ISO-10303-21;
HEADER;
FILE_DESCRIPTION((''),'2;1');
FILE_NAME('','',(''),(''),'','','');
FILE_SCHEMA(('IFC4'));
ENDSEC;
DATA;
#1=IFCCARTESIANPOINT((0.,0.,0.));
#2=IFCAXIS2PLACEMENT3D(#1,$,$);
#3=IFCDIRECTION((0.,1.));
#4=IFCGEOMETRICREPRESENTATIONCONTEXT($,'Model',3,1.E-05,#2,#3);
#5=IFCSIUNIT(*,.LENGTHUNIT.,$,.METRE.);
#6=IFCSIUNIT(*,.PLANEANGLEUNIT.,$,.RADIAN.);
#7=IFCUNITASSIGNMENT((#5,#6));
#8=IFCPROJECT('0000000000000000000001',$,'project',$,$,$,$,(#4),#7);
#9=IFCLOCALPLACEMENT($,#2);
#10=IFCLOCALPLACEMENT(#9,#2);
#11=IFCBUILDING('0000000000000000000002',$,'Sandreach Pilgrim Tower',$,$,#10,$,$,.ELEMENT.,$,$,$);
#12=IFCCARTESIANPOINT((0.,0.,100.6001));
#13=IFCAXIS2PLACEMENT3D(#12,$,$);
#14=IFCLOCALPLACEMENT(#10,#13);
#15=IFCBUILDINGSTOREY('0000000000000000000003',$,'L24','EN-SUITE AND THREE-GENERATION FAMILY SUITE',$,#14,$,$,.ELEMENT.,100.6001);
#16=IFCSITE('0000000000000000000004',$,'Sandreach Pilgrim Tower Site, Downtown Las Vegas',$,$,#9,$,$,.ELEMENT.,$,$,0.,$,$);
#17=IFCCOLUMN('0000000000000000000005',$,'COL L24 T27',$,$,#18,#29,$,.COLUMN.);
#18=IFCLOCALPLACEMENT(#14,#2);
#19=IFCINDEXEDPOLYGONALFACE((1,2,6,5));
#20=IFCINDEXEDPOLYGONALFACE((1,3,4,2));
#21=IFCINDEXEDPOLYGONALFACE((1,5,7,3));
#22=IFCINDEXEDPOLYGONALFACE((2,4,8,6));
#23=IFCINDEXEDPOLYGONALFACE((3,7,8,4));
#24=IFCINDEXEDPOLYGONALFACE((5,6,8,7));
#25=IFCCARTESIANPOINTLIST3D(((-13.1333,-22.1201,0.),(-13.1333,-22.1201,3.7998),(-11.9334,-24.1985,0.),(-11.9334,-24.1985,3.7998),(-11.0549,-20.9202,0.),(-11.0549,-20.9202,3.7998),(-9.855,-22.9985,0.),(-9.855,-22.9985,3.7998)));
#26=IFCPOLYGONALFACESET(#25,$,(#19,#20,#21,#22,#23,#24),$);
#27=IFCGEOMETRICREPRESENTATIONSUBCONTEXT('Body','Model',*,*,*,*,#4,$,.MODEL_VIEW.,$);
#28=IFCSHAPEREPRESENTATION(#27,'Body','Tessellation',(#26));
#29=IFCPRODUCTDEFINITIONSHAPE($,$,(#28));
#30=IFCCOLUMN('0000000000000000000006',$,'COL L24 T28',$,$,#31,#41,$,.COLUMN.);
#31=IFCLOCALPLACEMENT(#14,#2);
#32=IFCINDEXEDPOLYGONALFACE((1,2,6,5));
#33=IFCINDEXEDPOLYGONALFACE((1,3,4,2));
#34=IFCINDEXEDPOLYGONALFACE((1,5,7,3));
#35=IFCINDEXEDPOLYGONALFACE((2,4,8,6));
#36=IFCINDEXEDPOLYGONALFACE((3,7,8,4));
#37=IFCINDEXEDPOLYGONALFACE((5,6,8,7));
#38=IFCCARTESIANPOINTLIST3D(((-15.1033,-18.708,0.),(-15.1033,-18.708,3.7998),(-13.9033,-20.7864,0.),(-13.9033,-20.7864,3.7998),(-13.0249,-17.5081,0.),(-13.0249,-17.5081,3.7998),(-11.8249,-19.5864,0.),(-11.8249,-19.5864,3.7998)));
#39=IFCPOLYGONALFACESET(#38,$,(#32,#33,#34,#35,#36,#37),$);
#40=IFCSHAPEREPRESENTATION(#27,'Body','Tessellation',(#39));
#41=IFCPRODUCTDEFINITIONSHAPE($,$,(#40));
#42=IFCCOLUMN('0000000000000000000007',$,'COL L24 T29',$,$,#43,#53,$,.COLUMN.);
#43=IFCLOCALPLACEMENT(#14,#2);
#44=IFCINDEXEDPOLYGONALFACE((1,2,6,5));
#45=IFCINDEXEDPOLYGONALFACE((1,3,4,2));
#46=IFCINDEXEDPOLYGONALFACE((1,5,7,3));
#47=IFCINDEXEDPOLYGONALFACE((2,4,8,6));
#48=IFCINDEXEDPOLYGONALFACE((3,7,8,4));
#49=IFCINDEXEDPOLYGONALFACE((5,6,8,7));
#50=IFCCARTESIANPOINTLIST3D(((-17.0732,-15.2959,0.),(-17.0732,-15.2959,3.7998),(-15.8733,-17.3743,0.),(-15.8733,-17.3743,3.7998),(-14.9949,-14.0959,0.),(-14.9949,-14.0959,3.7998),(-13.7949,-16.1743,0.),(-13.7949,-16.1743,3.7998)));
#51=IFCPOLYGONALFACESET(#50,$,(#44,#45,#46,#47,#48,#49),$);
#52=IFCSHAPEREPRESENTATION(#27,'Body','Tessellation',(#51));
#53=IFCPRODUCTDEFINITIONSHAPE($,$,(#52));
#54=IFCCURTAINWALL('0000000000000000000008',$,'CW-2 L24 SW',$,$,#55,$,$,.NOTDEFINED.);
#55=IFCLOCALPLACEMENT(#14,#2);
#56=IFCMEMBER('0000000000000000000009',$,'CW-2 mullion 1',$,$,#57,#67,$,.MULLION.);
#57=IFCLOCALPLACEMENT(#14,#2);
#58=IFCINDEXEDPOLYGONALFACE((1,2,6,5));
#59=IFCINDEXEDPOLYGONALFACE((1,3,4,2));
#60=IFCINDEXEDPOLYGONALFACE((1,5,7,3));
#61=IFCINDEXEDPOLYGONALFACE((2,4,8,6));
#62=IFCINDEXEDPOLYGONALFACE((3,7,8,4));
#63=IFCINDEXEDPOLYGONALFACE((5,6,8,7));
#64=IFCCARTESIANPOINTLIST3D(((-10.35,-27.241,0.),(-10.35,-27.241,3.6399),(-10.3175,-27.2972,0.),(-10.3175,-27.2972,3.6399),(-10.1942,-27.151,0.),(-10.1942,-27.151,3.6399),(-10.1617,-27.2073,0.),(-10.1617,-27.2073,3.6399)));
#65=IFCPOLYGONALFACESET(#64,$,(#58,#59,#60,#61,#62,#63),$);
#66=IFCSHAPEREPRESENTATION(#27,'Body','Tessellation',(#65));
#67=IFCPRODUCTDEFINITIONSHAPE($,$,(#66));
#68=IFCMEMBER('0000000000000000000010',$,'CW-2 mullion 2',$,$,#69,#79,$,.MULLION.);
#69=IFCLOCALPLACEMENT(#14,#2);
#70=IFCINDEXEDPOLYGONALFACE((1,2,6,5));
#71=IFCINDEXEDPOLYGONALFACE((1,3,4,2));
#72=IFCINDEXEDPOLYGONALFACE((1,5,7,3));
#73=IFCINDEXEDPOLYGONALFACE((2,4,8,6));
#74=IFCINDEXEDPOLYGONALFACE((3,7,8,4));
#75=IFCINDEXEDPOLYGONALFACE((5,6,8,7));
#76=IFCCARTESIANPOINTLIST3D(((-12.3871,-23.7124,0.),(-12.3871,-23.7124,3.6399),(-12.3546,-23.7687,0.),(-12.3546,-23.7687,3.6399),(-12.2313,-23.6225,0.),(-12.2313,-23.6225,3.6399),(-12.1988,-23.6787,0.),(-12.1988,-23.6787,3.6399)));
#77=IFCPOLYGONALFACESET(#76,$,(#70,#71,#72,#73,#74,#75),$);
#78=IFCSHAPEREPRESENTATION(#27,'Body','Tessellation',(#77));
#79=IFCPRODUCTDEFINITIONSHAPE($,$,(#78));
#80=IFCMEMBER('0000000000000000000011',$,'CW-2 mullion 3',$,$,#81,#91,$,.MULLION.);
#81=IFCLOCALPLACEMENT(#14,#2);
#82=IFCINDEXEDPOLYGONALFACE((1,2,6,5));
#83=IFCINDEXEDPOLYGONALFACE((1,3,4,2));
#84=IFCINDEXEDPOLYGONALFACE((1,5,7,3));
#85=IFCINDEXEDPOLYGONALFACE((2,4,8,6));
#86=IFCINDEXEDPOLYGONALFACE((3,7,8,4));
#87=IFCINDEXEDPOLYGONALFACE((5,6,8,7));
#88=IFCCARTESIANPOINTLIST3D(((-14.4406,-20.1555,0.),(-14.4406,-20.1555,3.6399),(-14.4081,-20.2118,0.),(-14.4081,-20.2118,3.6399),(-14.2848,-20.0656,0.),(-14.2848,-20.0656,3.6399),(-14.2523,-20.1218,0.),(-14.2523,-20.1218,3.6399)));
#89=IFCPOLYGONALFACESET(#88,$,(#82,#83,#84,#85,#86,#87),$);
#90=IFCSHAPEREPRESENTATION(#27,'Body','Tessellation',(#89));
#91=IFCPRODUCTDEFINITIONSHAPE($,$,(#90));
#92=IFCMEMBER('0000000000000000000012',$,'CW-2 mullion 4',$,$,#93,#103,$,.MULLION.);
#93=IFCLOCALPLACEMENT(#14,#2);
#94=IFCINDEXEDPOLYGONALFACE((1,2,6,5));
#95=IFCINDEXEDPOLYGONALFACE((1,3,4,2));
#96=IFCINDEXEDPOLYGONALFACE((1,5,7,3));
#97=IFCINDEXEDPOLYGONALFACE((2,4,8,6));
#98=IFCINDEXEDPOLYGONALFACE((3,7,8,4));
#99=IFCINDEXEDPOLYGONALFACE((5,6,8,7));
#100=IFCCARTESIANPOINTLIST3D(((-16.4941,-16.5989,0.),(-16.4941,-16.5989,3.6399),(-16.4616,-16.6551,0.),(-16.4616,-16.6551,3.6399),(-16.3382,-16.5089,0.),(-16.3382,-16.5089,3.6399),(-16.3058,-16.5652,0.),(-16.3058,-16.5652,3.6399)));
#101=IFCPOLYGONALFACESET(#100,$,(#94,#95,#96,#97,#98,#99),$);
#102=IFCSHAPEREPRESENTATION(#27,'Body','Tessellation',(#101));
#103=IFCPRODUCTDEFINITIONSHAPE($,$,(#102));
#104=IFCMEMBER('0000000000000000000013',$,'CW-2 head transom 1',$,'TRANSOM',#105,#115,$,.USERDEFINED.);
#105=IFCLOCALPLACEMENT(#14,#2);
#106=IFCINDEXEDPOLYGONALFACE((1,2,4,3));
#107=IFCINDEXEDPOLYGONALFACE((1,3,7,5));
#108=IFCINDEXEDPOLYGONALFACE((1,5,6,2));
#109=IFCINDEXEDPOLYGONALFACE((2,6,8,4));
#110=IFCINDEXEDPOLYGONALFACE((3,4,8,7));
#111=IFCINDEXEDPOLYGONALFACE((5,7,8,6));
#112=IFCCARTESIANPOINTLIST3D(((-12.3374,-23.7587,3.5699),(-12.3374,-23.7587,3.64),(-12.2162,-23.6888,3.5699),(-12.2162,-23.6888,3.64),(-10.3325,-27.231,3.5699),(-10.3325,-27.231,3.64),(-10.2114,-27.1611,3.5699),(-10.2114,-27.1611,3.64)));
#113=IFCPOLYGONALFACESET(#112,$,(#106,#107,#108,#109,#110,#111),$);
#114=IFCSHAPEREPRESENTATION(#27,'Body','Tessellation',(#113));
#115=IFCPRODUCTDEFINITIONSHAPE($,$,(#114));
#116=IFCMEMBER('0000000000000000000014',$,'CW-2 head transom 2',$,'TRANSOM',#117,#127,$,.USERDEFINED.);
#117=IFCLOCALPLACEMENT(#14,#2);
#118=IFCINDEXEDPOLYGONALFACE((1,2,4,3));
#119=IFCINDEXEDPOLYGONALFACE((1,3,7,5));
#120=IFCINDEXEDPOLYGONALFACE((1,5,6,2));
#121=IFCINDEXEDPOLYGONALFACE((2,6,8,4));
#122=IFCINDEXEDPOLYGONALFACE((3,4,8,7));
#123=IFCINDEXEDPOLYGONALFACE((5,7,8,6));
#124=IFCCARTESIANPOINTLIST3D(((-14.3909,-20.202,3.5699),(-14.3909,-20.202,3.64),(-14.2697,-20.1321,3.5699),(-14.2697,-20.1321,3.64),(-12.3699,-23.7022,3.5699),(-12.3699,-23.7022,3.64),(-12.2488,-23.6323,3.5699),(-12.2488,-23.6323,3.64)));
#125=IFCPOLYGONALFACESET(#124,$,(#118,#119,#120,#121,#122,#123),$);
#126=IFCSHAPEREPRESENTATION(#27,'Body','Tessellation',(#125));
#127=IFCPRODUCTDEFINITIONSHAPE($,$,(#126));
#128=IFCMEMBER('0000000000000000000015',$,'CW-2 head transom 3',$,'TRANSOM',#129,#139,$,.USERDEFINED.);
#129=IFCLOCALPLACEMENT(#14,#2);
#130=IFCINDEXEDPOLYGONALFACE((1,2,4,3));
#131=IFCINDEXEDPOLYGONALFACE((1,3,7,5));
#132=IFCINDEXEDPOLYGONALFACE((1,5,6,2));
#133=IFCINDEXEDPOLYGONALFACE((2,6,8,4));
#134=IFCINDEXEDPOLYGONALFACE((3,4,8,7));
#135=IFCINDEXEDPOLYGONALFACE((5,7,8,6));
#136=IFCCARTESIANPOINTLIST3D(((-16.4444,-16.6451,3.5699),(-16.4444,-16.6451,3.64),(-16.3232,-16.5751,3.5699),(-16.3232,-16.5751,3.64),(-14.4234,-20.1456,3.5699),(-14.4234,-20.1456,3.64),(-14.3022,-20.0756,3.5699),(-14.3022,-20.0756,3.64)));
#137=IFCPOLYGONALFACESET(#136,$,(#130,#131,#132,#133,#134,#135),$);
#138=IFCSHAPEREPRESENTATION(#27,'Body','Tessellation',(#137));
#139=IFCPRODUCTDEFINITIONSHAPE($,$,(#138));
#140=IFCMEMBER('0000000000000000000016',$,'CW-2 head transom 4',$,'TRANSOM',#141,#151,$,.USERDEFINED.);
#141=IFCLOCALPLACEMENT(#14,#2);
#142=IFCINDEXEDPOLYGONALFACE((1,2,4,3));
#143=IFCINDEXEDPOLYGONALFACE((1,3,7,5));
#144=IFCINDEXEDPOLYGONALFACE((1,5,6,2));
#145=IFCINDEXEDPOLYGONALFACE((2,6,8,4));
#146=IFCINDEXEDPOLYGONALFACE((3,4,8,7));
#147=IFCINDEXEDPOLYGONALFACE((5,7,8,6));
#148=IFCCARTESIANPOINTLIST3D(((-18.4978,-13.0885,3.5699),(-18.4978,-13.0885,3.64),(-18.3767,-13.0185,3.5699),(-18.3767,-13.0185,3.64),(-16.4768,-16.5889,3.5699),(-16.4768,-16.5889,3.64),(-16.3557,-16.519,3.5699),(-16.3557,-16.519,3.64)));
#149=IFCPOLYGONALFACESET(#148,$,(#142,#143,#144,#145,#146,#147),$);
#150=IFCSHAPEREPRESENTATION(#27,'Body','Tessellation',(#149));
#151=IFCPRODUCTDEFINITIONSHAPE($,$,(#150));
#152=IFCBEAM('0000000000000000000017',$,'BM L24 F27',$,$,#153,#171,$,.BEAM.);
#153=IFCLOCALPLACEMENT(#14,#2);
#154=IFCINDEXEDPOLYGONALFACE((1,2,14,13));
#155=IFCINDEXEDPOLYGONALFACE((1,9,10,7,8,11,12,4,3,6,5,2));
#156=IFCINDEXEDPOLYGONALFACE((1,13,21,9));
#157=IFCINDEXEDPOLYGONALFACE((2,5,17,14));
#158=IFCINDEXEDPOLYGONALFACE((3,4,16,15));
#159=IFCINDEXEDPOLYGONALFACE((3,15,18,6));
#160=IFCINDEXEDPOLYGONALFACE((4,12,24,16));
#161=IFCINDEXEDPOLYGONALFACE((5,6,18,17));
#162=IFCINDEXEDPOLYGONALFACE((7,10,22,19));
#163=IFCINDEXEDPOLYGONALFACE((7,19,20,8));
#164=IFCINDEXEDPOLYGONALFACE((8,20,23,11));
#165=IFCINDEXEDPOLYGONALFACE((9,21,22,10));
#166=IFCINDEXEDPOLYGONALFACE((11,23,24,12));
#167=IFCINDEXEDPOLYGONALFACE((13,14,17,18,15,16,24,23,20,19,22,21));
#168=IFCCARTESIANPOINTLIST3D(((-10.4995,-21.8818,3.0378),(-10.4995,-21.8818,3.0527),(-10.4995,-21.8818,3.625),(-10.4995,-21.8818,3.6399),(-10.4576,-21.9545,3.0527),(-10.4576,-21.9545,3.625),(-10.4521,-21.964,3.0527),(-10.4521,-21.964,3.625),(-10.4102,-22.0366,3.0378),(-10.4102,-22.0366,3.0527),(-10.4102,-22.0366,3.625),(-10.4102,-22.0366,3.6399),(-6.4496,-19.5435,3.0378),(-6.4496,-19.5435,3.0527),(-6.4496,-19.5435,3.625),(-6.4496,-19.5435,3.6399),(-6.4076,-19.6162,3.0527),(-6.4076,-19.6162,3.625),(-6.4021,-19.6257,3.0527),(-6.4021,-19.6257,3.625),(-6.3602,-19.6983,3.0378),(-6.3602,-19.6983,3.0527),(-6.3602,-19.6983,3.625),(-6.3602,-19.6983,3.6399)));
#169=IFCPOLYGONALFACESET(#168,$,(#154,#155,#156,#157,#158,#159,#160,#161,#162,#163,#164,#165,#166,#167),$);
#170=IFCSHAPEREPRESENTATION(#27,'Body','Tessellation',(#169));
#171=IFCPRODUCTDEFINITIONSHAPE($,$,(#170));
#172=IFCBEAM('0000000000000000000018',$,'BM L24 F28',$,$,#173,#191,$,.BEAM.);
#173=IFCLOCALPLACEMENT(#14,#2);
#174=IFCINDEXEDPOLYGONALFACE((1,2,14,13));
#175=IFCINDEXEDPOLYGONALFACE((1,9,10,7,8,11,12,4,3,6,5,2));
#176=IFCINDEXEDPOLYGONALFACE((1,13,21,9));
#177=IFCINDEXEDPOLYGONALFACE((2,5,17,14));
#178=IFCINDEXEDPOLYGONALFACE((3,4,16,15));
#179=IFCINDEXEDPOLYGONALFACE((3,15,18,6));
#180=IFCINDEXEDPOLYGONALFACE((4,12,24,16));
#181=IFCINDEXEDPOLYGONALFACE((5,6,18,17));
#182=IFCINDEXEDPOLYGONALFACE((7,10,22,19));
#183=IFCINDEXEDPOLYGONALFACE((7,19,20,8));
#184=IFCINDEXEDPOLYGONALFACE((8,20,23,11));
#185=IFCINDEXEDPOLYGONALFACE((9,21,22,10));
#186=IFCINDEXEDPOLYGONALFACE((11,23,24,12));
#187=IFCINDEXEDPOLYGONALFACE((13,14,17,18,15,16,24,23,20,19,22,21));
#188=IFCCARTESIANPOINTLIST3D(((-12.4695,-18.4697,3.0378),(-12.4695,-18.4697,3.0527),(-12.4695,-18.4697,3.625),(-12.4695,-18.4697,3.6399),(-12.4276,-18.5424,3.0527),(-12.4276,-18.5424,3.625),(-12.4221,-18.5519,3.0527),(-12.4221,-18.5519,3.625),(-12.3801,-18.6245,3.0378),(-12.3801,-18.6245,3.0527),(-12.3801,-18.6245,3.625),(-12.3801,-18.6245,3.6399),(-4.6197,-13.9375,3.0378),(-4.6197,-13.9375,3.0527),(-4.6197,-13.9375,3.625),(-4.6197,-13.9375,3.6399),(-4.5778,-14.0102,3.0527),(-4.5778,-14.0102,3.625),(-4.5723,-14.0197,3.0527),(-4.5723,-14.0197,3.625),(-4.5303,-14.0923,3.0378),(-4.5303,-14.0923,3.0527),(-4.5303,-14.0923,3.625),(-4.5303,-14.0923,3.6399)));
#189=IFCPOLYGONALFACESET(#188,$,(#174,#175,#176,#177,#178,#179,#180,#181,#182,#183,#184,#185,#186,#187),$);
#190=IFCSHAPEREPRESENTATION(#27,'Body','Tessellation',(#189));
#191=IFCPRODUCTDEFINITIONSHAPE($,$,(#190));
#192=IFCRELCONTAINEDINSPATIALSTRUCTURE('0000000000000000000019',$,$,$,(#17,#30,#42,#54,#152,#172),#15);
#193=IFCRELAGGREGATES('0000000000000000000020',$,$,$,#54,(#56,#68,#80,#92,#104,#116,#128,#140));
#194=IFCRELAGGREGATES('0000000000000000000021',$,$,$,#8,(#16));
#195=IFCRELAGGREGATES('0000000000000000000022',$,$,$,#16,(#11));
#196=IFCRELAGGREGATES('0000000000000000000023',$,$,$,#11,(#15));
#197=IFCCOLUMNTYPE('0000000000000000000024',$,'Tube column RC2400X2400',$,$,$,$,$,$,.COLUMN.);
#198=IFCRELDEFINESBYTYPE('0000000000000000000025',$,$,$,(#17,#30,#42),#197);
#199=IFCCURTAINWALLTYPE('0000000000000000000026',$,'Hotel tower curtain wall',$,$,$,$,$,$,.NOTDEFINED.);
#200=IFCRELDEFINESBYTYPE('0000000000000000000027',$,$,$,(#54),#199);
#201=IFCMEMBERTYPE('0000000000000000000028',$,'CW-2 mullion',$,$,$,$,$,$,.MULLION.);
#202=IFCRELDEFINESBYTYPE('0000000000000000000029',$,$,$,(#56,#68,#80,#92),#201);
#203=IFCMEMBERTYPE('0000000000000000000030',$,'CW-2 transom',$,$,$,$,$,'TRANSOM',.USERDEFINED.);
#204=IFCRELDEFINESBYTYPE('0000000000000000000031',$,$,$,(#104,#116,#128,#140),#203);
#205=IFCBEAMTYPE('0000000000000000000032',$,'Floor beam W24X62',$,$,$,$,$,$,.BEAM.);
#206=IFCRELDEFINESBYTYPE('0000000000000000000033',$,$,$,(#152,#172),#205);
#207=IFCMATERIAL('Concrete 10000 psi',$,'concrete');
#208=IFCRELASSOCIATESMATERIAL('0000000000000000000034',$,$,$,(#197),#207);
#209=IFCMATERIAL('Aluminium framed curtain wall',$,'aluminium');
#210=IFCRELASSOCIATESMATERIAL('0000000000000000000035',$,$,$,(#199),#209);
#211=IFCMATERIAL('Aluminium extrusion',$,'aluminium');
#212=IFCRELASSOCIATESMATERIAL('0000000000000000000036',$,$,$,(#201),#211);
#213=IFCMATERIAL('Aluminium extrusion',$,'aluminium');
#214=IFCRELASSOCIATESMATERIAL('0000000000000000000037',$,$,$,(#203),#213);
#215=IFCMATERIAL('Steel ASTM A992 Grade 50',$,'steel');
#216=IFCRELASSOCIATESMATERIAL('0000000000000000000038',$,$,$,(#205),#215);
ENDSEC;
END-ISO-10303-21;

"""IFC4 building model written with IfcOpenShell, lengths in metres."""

from ifc_helpers import new_model, si_unit, direction, frame, origin, origin_2d, place, context, subcontext, project, spatial, rectangle, i_section, extrude, material, material_profile, profile_set, type_object, element, aggregate, save


model = new_model("IFC4")

# Units and contexts
model_context = context("Model", 3, precision=1e-05, world=origin(), true_north=direction((0.0, 1.0)))
body_context = subcontext(model_context, "Body", "Model", "MODEL_VIEW")
ifc_project = project(units=[si_unit("LENGTHUNIT", "METRE"), si_unit("PLANEANGLEUNIT", "RADIAN")], contexts=[model_context])

# Site, building, storey
site_placement = place(None, origin())
site = spatial("IfcSite", under=ifc_project, at=site_placement, Name="Sandreach Pilgrim Tower Site, Downtown Las Vegas", CompositionType="ELEMENT", RefElevation=0.0)
building_placement = place(site_placement, origin())
building = spatial("IfcBuilding", under=site, at=building_placement, Name="Sandreach Pilgrim Tower", CompositionType="ELEMENT")
storey_placement = place(building_placement, frame((0.0, 0.0, 100.6001)))
storey = spatial("IfcBuildingStorey", under=building, at=storey_placement, Name="L24", Description="EN-SUITE AND THREE-GENERATION FAMILY SUITE", CompositionType="ELEMENT", Elevation=100.6001)

# Columns
ifc_material_1 = material(Name="Concrete 10000 psi", Category="concrete")
ifc_material_profile_1 = material_profile(ifc_material_1, rectangle(XDim=2.3999, YDim=2.3999, at=origin_2d()), Name="RC2400X2400")
ifc_profile_set_1 = profile_set([ifc_material_profile_1], Name="Concrete 10000 psi")
column_type = type_object("IfcColumnType", Name="Tube column RC2400X2400", PredefinedType="COLUMN", material=ifc_profile_set_1)
for number, where, z_axis, x_axis, name in (
    (1, (-11.4941, -22.5593, 0.0), (0.0, 0.0, 1.0), (-0.866025, -0.5, 0.0), "COL L24 T27"),
    (2, (-13.4641, -19.1472, 0.0), (0.0, 0.0, 1.0), (-0.866025, -0.5, 0.0), "COL L24 T28"),
    (3, (-15.4341, -15.7351, 0.0), (0.0, 0.0, 1.0), (-0.866025, -0.5, 0.0), "COL L24 T29"),
):
    element("IfcColumn", number, at=place(storey_placement, frame(where, z_axis=z_axis, x_axis=x_axis)), inside=storey, type_object=column_type, Name=name, PredefinedType="COLUMN", context=body_context, shape_type="SweptSolid", body=[
        extrude(rectangle(XDim=2.3999, YDim=2.3999, at=origin_2d()), origin(), (0.0, 0.0, 1.0), 3.7998),
    ])

# Curtain wall, members
ifc_material_2 = material(Name="Aluminium framed curtain wall", Category="aluminium")
curtain_wall_type = type_object("IfcCurtainWallType", Name="Hotel tower curtain wall", PredefinedType="NOTDEFINED", material=ifc_material_2)
curtain_wall_placement = place(storey_placement, origin())
curtain_wall = element("IfcCurtainWall", 4, at=curtain_wall_placement, inside=storey, type_object=curtain_wall_type, Name="CW-2 L24 SW", PredefinedType="NOTDEFINED")
ifc_material_3 = material(Name="Aluminium extrusion", Category="aluminium")
ifc_material_profile_2 = material_profile(ifc_material_3, rectangle(XDim=0.0649, YDim=0.1799, at=origin_2d()), Name="CW-2M 65X180")
ifc_profile_set_2 = profile_set([ifc_material_profile_2], Name="Aluminium extrusion")
member_type_1 = type_object("IfcMemberType", Name="CW-2 mullion", PredefinedType="MULLION", material=ifc_profile_set_2)
member_1_placement = place(storey_placement, frame((-10.2559, -27.2241, 0.0), z_axis=(0.0, 0.0, 1.0), x_axis=(-0.5, 0.866025, 0.0)))
member_1 = element("IfcMember", 5, at=member_1_placement, type_object=member_type_1, Name="CW-2 mullion 1", PredefinedType="MULLION", context=body_context, shape_type="SweptSolid", body=[
    extrude(rectangle(XDim=0.0649, YDim=0.1799, at=origin_2d()), origin(), (0.0, 0.0, 1.0), 3.6399),
])
member_2_placement = place(storey_placement, frame((-12.293, -23.6956, 0.0), z_axis=(0.0, 0.0, 1.0), x_axis=(-0.5, 0.866025, 0.0)))
member_2 = element("IfcMember", 6, at=member_2_placement, type_object=member_type_1, Name="CW-2 mullion 2", PredefinedType="MULLION", context=body_context, shape_type="SweptSolid", body=[
    extrude(rectangle(XDim=0.0649, YDim=0.1799, at=origin_2d()), origin(), (0.0, 0.0, 1.0), 3.6399),
])
member_3_placement = place(storey_placement, frame((-14.3464, -20.1387, 0.0), z_axis=(0.0, 0.0, 1.0), x_axis=(-0.5, 0.866025, 0.0)))
member_3 = element("IfcMember", 7, at=member_3_placement, type_object=member_type_1, Name="CW-2 mullion 3", PredefinedType="MULLION", context=body_context, shape_type="SweptSolid", body=[
    extrude(rectangle(XDim=0.0649, YDim=0.1799, at=origin_2d()), origin(), (0.0, 0.0, 1.0), 3.6399),
])
member_4_placement = place(storey_placement, frame((-16.3999, -16.582, 0.0), z_axis=(0.0, 0.0, 1.0), x_axis=(-0.5, 0.866025, 0.0)))
member_4 = element("IfcMember", 8, at=member_4_placement, type_object=member_type_1, Name="CW-2 mullion 4", PredefinedType="MULLION", context=body_context, shape_type="SweptSolid", body=[
    extrude(rectangle(XDim=0.0649, YDim=0.1799, at=origin_2d()), origin(), (0.0, 0.0, 1.0), 3.6399),
])
ifc_material_4 = material(Name="Aluminium extrusion", Category="aluminium")
ifc_material_profile_3 = material_profile(ifc_material_4, rectangle(XDim=0.1399, YDim=0.0701, at=origin_2d()), Name="CW-2T 140X70")
ifc_profile_set_3 = profile_set([ifc_material_profile_3], Name="Aluminium extrusion")
member_type_2 = type_object("IfcMemberType", Name="CW-2 transom", ElementType="TRANSOM", PredefinedType="USERDEFINED", material=ifc_profile_set_3)
member_5_placement = place(storey_placement, frame((-10.272, -27.196, 3.605), z_axis=(-0.500016, 0.866016, 0.0), x_axis=(-0.866016, -0.500016, 0.0)))
member_5 = element("IfcMember", 9, at=member_5_placement, type_object=member_type_2, Name="CW-2 head transom 1", ObjectType="TRANSOM", PredefinedType="USERDEFINED", context=body_context, shape_type="SweptSolid", body=[
    extrude(rectangle(XDim=0.1399, YDim=0.0701, at=origin_2d()), origin(), (0.0, 0.0, 1.0), 4.0095),
])
member_6_placement = place(storey_placement, frame((-12.3093, -23.6672, 3.605), z_axis=(-0.500024, 0.866012, 0.0), x_axis=(-0.866012, -0.500024, 0.0)))
member_6 = element("IfcMember", 10, at=member_6_placement, type_object=member_type_2, Name="CW-2 head transom 2", ObjectType="TRANSOM", PredefinedType="USERDEFINED", context=body_context, shape_type="SweptSolid", body=[
    extrude(rectangle(XDim=0.1399, YDim=0.0701, at=origin_2d()), origin(), (0.0, 0.0, 1.0), 4.0417),
])
member_7_placement = place(storey_placement, frame((-14.3628, -20.1106, 3.605), z_axis=(-0.499998, 0.866027, 0.0), x_axis=(-0.866027, -0.499998, 0.0)))
member_7 = element("IfcMember", 11, at=member_7_placement, type_object=member_type_2, Name="CW-2 head transom 3", ObjectType="TRANSOM", PredefinedType="USERDEFINED", context=body_context, shape_type="SweptSolid", body=[
    extrude(rectangle(XDim=0.1399, YDim=0.0701, at=origin_2d()), origin(), (0.0, 0.0, 1.0), 4.042),
])
member_8_placement = place(storey_placement, frame((-16.4163, -16.554, 3.605), z_axis=(-0.499998, 0.866027, 0.0), x_axis=(-0.866027, -0.499998, 0.0)))
member_8 = element("IfcMember", 12, at=member_8_placement, type_object=member_type_2, Name="CW-2 head transom 4", ObjectType="TRANSOM", PredefinedType="USERDEFINED", context=body_context, shape_type="SweptSolid", body=[
    extrude(rectangle(XDim=0.1399, YDim=0.0701, at=origin_2d()), origin(), (0.0, 0.0, 1.0), 4.042),
])

# Beams
ifc_material_5 = material(Name="Steel ASTM A992 Grade 50", Category="steel")
ifc_material_profile_4 = material_profile(ifc_material_5, i_section(OverallWidth=0.1787, OverallDepth=0.6021, WebThickness=0.011, FlangeThickness=0.0149, at=origin_2d()), Name="W24X62")
ifc_profile_set_4 = profile_set([ifc_material_profile_4], Name="Steel ASTM A992 Grade 50")
beam_type_1 = type_object("IfcBeamType", Name="Floor beam W24X62", PredefinedType="BEAM", material=ifc_profile_set_4)
beam_1_placement = place(storey_placement, frame((-10.4548, -21.9592, 3.3389), z_axis=(0.866018, 0.500013, 0.0), x_axis=(-0.500013, 0.866018, 0.0)))
element("IfcBeam", 13, at=beam_1_placement, inside=storey, type_object=beam_type_1, Name="BM L24 F27", PredefinedType="BEAM", context=body_context, shape_type="SweptSolid", body=[
    extrude(i_section(OverallWidth=0.1787, OverallDepth=0.6021, WebThickness=0.011, FlangeThickness=0.0149, at=origin_2d()), origin(), (0.0, 0.0, 1.0), 4.6765),
])
beam_2_placement = place(storey_placement, frame((-12.4248, -18.5471, 3.3389), z_axis=(0.86602, 0.500009, 0.0), x_axis=(-0.500009, 0.86602, 0.0)))
element("IfcBeam", 14, at=beam_2_placement, inside=storey, type_object=beam_type_1, Name="BM L24 F28", PredefinedType="BEAM", context=body_context, shape_type="SweptSolid", body=[
    extrude(i_section(OverallWidth=0.1787, OverallDepth=0.6021, WebThickness=0.011, FlangeThickness=0.0149, at=origin_2d()), origin(), (0.0, 0.0, 1.0), 9.0642),
])

aggregate(curtain_wall, [member_1, member_2, member_3, member_4, member_5, member_6, member_7, member_8])

save(model, "model.ifc")
